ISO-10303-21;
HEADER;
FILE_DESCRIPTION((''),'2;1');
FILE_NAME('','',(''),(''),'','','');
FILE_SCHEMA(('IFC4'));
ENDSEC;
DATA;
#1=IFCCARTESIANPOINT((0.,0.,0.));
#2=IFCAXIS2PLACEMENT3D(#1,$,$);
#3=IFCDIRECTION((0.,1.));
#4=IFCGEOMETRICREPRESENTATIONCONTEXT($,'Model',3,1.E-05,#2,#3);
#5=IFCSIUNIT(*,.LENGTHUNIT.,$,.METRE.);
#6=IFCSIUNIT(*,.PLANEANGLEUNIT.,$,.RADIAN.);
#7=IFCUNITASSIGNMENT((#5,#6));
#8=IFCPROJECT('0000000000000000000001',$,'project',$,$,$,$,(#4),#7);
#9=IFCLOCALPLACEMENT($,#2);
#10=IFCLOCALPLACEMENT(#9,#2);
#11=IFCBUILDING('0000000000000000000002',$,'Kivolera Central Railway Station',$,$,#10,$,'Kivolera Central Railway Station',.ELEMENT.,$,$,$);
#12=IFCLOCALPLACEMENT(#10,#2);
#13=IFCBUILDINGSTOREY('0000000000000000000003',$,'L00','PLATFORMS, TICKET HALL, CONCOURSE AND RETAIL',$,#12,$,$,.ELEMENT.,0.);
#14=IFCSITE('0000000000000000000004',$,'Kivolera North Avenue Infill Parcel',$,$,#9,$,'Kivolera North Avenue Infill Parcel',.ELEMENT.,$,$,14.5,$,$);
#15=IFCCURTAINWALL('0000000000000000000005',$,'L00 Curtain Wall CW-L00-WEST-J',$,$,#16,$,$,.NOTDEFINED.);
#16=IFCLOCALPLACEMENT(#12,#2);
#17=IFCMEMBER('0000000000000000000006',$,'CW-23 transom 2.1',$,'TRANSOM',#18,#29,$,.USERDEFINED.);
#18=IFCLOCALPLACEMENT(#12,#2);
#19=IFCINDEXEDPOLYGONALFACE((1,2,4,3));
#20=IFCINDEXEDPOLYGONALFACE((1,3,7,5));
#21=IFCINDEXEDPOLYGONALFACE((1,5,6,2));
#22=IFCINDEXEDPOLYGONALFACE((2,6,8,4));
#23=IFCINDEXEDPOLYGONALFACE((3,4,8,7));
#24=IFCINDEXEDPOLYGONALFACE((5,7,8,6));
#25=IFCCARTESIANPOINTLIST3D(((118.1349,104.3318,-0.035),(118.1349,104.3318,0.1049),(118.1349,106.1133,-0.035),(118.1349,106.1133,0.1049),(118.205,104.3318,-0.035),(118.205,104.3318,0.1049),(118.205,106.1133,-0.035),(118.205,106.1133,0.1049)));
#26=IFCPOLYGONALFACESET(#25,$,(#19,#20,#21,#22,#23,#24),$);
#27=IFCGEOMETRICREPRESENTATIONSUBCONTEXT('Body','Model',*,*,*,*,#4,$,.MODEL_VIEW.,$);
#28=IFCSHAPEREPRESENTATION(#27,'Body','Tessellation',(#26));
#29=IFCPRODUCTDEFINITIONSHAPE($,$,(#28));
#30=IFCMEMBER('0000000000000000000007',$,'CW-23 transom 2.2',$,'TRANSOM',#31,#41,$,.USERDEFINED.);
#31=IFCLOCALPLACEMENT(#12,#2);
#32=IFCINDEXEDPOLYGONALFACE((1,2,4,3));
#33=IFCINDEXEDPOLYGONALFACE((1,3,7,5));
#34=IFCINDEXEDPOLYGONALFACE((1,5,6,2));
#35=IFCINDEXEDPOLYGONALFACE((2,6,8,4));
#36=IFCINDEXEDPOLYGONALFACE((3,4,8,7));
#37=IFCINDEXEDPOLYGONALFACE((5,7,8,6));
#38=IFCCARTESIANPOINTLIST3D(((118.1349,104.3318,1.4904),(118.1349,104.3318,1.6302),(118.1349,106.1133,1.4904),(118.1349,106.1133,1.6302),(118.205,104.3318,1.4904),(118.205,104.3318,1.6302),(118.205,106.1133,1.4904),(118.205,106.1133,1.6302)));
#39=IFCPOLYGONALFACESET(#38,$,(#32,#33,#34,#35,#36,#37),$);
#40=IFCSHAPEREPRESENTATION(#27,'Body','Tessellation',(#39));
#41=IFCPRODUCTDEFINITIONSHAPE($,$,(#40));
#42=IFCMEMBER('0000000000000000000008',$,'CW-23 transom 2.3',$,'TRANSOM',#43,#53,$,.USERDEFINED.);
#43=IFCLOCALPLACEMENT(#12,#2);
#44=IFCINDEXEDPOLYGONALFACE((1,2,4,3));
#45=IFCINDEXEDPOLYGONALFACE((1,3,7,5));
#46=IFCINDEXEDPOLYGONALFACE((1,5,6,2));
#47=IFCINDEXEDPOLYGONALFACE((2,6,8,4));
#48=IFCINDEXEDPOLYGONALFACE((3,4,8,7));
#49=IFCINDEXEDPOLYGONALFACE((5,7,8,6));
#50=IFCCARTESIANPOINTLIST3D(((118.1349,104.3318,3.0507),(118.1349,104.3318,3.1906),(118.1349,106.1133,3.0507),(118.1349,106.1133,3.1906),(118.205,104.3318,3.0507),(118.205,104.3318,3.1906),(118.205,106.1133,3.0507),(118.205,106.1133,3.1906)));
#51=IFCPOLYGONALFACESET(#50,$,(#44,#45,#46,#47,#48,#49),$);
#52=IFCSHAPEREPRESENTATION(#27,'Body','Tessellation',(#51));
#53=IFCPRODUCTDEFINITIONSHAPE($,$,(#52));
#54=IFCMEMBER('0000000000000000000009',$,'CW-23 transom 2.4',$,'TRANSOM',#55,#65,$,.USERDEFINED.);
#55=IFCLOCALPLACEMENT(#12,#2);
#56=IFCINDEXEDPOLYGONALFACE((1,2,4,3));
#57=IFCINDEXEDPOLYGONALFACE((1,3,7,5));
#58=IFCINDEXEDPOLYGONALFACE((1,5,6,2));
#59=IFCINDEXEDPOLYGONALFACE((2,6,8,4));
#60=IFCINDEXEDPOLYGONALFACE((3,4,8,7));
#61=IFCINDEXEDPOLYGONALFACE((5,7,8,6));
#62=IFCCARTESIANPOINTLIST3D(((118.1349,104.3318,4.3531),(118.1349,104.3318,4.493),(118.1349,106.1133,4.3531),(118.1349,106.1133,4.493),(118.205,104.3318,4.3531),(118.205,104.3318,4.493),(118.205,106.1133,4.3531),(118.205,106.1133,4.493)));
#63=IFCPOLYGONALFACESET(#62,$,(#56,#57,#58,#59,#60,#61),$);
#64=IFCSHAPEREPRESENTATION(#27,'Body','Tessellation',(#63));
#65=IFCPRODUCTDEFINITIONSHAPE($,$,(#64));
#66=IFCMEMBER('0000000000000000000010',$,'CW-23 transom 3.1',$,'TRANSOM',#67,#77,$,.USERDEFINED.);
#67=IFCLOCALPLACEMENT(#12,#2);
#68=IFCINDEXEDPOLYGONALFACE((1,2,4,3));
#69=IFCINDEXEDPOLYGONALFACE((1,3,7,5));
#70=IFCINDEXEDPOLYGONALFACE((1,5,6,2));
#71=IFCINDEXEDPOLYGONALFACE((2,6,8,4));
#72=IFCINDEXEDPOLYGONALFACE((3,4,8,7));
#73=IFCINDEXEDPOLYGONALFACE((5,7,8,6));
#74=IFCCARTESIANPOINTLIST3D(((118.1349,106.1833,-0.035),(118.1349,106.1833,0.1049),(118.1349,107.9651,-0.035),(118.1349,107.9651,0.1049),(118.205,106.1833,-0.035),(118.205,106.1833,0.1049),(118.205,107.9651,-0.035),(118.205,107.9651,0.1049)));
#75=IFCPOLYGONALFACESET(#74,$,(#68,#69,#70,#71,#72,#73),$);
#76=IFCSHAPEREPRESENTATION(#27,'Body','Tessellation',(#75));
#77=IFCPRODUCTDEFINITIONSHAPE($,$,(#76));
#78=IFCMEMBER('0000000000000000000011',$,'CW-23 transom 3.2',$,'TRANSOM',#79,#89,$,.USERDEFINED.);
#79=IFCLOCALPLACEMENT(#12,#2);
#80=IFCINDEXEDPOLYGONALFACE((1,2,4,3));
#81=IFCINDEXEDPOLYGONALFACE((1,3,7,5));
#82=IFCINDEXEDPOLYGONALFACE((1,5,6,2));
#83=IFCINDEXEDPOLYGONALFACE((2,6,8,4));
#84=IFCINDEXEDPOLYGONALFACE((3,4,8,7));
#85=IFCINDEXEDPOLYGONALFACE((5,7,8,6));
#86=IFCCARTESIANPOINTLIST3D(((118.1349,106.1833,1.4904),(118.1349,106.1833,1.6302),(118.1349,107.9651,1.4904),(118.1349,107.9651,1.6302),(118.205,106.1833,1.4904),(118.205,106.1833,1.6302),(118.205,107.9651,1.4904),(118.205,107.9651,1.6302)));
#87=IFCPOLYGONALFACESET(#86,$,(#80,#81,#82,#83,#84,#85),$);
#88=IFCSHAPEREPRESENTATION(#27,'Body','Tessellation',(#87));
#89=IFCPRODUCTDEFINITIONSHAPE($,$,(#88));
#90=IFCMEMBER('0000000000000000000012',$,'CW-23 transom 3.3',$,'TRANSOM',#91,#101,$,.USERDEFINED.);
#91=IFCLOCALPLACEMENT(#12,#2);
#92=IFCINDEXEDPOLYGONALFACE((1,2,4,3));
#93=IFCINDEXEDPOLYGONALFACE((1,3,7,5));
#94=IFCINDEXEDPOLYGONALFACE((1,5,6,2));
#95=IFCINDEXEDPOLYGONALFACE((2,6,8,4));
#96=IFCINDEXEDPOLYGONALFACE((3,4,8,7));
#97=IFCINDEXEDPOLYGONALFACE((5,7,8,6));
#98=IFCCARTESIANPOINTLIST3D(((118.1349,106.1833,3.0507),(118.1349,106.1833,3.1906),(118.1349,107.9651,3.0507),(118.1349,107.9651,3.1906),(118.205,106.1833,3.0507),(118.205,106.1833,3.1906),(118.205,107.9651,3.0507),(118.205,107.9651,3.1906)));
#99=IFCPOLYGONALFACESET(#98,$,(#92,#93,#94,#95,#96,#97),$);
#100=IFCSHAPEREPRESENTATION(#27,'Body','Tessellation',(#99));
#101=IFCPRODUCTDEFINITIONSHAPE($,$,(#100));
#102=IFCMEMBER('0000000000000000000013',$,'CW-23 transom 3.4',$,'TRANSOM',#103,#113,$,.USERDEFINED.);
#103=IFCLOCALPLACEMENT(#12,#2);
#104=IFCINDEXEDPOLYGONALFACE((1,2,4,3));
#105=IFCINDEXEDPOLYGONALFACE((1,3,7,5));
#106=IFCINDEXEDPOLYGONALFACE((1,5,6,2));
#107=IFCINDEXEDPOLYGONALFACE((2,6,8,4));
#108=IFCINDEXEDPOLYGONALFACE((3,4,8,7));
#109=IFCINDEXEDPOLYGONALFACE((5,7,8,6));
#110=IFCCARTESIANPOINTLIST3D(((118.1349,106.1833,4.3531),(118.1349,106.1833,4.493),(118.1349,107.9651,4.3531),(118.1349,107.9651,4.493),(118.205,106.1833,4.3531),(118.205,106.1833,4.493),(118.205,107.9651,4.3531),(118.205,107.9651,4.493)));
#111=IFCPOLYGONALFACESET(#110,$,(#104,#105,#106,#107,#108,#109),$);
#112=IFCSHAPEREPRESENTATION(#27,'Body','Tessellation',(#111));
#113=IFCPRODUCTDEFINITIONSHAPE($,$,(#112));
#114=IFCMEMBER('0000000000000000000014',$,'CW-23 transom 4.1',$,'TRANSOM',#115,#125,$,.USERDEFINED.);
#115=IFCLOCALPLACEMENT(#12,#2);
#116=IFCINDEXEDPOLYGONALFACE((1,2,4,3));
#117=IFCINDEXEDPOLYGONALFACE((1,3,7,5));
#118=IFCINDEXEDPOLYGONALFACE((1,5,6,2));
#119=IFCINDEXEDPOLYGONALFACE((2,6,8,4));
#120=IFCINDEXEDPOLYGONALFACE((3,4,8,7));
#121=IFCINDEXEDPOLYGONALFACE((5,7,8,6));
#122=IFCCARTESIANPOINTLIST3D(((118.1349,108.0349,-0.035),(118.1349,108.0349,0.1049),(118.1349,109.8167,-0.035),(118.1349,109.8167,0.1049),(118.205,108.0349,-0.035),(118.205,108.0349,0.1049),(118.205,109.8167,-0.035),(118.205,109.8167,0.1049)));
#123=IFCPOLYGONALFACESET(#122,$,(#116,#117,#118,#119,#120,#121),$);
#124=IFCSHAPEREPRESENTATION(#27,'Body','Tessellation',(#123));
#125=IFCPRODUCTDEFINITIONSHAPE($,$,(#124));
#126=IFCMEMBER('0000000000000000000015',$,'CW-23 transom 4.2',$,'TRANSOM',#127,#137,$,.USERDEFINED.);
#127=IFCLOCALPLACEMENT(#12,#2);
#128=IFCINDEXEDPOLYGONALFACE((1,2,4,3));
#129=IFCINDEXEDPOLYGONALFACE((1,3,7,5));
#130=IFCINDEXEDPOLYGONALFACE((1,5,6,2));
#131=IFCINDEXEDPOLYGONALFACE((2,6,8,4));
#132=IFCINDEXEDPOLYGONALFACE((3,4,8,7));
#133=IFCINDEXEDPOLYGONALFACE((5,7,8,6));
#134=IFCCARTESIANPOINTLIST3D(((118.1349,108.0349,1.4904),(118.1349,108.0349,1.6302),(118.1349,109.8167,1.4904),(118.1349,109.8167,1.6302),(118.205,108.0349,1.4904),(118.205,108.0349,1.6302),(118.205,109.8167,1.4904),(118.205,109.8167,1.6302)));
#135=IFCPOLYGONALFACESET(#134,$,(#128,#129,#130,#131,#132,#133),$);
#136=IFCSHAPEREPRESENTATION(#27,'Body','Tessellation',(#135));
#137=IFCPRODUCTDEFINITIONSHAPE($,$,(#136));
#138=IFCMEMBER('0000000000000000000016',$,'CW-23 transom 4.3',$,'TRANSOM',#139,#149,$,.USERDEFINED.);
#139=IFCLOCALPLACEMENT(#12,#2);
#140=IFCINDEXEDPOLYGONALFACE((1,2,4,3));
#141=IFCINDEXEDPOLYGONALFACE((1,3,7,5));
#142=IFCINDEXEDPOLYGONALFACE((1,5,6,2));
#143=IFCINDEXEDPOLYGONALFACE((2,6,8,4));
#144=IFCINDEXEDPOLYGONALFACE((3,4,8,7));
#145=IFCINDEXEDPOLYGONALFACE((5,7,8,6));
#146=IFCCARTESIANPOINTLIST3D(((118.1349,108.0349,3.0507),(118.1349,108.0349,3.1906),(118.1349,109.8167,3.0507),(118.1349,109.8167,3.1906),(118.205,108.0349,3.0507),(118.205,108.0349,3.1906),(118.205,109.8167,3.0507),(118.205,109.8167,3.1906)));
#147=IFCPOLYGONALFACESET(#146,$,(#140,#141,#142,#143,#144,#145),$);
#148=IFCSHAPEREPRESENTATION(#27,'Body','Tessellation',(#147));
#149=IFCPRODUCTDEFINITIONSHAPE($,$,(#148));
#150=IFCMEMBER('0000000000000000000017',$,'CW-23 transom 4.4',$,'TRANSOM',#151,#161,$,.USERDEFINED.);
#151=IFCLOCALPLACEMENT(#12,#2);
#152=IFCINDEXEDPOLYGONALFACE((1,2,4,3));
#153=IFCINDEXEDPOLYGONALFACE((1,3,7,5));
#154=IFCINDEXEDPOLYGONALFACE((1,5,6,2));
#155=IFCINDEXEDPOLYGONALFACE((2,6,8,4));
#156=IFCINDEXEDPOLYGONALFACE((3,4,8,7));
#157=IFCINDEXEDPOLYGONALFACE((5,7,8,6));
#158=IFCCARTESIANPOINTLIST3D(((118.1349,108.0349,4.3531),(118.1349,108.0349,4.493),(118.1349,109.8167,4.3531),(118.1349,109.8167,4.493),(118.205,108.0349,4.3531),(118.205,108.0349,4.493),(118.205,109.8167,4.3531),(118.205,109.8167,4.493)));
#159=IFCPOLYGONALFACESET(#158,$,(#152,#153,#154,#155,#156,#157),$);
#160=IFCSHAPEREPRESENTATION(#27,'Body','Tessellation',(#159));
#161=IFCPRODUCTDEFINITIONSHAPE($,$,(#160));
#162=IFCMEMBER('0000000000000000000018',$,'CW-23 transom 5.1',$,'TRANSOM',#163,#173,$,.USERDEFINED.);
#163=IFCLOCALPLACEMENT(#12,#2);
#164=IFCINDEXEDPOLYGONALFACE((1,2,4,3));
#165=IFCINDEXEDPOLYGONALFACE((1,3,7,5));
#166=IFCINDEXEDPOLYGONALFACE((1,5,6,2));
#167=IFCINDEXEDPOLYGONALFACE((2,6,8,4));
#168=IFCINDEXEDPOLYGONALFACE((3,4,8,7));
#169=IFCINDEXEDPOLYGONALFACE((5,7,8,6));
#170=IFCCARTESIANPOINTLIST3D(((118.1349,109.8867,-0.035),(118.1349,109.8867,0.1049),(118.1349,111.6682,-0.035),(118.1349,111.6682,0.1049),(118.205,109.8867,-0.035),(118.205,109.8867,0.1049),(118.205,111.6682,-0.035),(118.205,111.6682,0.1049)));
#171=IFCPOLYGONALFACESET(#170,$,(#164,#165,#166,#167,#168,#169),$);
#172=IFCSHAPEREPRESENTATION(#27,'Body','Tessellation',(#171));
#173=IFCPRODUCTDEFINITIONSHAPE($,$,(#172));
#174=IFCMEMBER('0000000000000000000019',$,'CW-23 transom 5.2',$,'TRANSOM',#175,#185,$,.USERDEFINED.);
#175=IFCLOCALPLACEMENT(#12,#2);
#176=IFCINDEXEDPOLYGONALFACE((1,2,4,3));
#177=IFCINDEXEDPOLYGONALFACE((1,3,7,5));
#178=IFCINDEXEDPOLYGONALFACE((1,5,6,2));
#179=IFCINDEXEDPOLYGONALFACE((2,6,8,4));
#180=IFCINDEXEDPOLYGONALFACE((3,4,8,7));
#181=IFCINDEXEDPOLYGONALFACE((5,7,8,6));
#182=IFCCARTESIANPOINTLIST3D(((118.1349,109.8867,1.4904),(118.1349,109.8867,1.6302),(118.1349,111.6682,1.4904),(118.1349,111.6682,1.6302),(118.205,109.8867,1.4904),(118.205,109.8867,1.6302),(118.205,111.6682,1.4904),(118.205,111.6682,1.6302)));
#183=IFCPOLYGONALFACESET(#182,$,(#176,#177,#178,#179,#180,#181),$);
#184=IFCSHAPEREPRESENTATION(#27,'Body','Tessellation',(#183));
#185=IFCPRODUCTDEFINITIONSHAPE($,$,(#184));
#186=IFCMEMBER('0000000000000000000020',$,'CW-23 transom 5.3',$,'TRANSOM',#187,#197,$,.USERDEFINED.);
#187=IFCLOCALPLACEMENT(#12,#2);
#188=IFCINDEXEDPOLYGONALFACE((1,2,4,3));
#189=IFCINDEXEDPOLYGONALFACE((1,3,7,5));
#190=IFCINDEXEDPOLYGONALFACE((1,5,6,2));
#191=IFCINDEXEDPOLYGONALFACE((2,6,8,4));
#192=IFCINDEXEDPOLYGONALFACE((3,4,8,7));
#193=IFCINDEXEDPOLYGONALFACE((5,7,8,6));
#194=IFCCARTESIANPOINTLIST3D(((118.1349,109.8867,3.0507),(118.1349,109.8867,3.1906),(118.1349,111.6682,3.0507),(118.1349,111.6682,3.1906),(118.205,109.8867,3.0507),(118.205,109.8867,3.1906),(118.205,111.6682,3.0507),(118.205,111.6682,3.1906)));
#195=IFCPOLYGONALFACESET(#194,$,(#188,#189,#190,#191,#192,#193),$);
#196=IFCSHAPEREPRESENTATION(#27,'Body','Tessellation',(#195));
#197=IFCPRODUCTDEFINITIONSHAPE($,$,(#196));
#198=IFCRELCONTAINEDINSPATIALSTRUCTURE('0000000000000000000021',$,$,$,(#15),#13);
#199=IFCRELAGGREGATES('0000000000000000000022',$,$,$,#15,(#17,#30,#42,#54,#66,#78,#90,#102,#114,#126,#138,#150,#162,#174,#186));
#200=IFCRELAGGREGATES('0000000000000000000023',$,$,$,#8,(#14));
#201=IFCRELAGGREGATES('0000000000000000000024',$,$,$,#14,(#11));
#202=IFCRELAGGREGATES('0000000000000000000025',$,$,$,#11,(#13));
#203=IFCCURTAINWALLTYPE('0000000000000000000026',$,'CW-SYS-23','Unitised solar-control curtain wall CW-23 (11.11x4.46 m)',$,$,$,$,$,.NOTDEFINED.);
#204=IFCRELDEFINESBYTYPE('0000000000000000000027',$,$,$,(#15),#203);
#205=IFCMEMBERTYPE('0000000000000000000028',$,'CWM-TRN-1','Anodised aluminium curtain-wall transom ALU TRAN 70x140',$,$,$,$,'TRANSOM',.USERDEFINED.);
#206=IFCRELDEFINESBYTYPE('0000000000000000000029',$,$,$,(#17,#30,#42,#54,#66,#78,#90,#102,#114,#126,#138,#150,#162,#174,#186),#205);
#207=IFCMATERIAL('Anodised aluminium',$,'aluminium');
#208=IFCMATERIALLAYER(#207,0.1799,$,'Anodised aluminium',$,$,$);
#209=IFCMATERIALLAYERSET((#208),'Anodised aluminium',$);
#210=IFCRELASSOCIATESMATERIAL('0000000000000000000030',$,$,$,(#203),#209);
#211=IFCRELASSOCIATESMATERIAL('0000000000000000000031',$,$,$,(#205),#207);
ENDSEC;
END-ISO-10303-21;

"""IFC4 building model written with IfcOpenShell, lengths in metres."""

from ifc_helpers import new_model, si_unit, direction, frame, origin, origin_2d, place, context, subcontext, project, spatial, rectangle, extrude, material, layer, layer_set, material_profile, profile_set, type_object, element, aggregate, save


model = new_model("IFC4")

# Units and contexts
model_context = context("Model", 3, precision=1e-05, world=origin(), true_north=direction((0.0, 1.0)))
body_context = subcontext(model_context, "Body", "Model", "MODEL_VIEW")
ifc_project = project(units=[si_unit("LENGTHUNIT", "METRE"), si_unit("PLANEANGLEUNIT", "RADIAN")], contexts=[model_context])

# Site, building, storey
site_placement = place(None, origin())
site = spatial("IfcSite", under=ifc_project, at=site_placement, Name="Kivolera North Avenue Infill Parcel", LongName="Kivolera North Avenue Infill Parcel", CompositionType="ELEMENT", RefElevation=14.5)
building_placement = place(site_placement, origin())
building = spatial("IfcBuilding", under=site, at=building_placement, Name="Kivolera Central Railway Station", LongName="Kivolera Central Railway Station", CompositionType="ELEMENT")
storey_placement = place(building_placement, origin())
storey = spatial("IfcBuildingStorey", under=building, at=storey_placement, Name="L00", Description="PLATFORMS, TICKET HALL, CONCOURSE AND RETAIL", CompositionType="ELEMENT", Elevation=0.0)

# Curtain wall, members
ifc_material_1 = material(Name="Anodised aluminium", Category="aluminium")
ifc_layer_1 = layer(ifc_material_1, 0.1799, Name="Anodised aluminium")
ifc_layer_set_1 = layer_set([ifc_layer_1], Name="Anodised aluminium")
curtain_wall_type = type_object("IfcCurtainWallType", Name="CW-SYS-23", Description="Unitised solar-control curtain wall CW-23 (11.11x4.46 m)", PredefinedType="NOTDEFINED", material=ifc_layer_set_1)
curtain_wall_placement = place(storey_placement, origin())
curtain_wall = element("IfcCurtainWall", 1, at=curtain_wall_placement, inside=storey, type_object=curtain_wall_type, Name="L00 Curtain Wall CW-L00-WEST-J", PredefinedType="NOTDEFINED")
ifc_material_profile = material_profile(ifc_material_1, rectangle(XDim=0.0701, YDim=0.1399, at=origin_2d()), Name="ALU TRAN 70x140")
ifc_profile_set = profile_set([ifc_material_profile], Name="Anodised aluminium")
member_type = type_object("IfcMemberType", Name="CWM-TRN-1", Description="Anodised aluminium curtain-wall transom ALU TRAN 70x140", ElementType="TRANSOM", PredefinedType="USERDEFINED", material=ifc_profile_set)
member_1_placement = place(storey_placement, frame((118.1699, 104.3318, 0.0349), z_axis=(0.0, 1.0, 0.0), x_axis=(-1.0, 0.0, 0.0)))
member_1 = element("IfcMember", 2, at=member_1_placement, type_object=member_type, Name="CW-23 transom 2.1", ObjectType="TRANSOM", PredefinedType="USERDEFINED", context=body_context, shape_type="SweptSolid", body=[
    extrude(rectangle(XDim=0.0701, YDim=0.1399, at=origin_2d()), origin(), (0.0, 0.0, 1.0), 1.7815),
])
member_2_placement = place(storey_placement, frame((118.1699, 104.3318, 1.5603), z_axis=(0.0, 1.0, 0.0), x_axis=(-1.0, 0.0, 0.0)))
member_2 = element("IfcMember", 3, at=member_2_placement, type_object=member_type, Name="CW-23 transom 2.2", ObjectType="TRANSOM", PredefinedType="USERDEFINED", context=body_context, shape_type="SweptSolid", body=[
    extrude(rectangle(XDim=0.0701, YDim=0.1399, at=origin_2d()), origin(), (0.0, 0.0, 1.0), 1.7815),
])
member_3_placement = place(storey_placement, frame((118.1699, 104.3318, 3.1206), z_axis=(0.0, 1.0, 0.0), x_axis=(-1.0, 0.0, 0.0)))
member_3 = element("IfcMember", 4, at=member_3_placement, type_object=member_type, Name="CW-23 transom 2.3", ObjectType="TRANSOM", PredefinedType="USERDEFINED", context=body_context, shape_type="SweptSolid", body=[
    extrude(rectangle(XDim=0.0701, YDim=0.1399, at=origin_2d()), origin(), (0.0, 0.0, 1.0), 1.7815),
])
member_4_placement = place(storey_placement, frame((118.1699, 104.3318, 4.4231), z_axis=(0.0, 1.0, 0.0), x_axis=(-1.0, 0.0, 0.0)))
member_4 = element("IfcMember", 5, at=member_4_placement, type_object=member_type, Name="CW-23 transom 2.4", ObjectType="TRANSOM", PredefinedType="USERDEFINED", context=body_context, shape_type="SweptSolid", body=[
    extrude(rectangle(XDim=0.0701, YDim=0.1399, at=origin_2d()), origin(), (0.0, 0.0, 1.0), 1.7815),
])
member_5_placement = place(storey_placement, frame((118.1699, 106.1833, 0.0349), z_axis=(0.0, 1.0, 0.0), x_axis=(-1.0, 0.0, 0.0)))
member_5 = element("IfcMember", 6, at=member_5_placement, type_object=member_type, Name="CW-23 transom 3.1", ObjectType="TRANSOM", PredefinedType="USERDEFINED", context=body_context, shape_type="SweptSolid", body=[
    extrude(rectangle(XDim=0.0701, YDim=0.1399, at=origin_2d()), origin(), (0.0, 0.0, 1.0), 1.7817),
])
member_6_placement = place(storey_placement, frame((118.1699, 106.1833, 1.5603), z_axis=(0.0, 1.0, 0.0), x_axis=(-1.0, 0.0, 0.0)))
member_6 = element("IfcMember", 7, at=member_6_placement, type_object=member_type, Name="CW-23 transom 3.2", ObjectType="TRANSOM", PredefinedType="USERDEFINED", context=body_context, shape_type="SweptSolid", body=[
    extrude(rectangle(XDim=0.0701, YDim=0.1399, at=origin_2d()), origin(), (0.0, 0.0, 1.0), 1.7817),
])
member_7_placement = place(storey_placement, frame((118.1699, 106.1833, 3.1206), z_axis=(0.0, 1.0, 0.0), x_axis=(-1.0, 0.0, 0.0)))
member_7 = element("IfcMember", 8, at=member_7_placement, type_object=member_type, Name="CW-23 transom 3.3", ObjectType="TRANSOM", PredefinedType="USERDEFINED", context=body_context, shape_type="SweptSolid", body=[
    extrude(rectangle(XDim=0.0701, YDim=0.1399, at=origin_2d()), origin(), (0.0, 0.0, 1.0), 1.7817),
])
member_8_placement = place(storey_placement, frame((118.1699, 106.1833, 4.4231), z_axis=(0.0, 1.0, 0.0), x_axis=(-1.0, 0.0, 0.0)))
member_8 = element("IfcMember", 9, at=member_8_placement, type_object=member_type, Name="CW-23 transom 3.4", ObjectType="TRANSOM", PredefinedType="USERDEFINED", context=body_context, shape_type="SweptSolid", body=[
    extrude(rectangle(XDim=0.0701, YDim=0.1399, at=origin_2d()), origin(), (0.0, 0.0, 1.0), 1.7817),
])
member_9_placement = place(storey_placement, frame((118.1699, 108.0349, 0.0349), z_axis=(0.0, 1.0, 0.0), x_axis=(-1.0, 0.0, 0.0)))
member_9 = element("IfcMember", 10, at=member_9_placement, type_object=member_type, Name="CW-23 transom 4.1", ObjectType="TRANSOM", PredefinedType="USERDEFINED", context=body_context, shape_type="SweptSolid", body=[
    extrude(rectangle(XDim=0.0701, YDim=0.1399, at=origin_2d()), origin(), (0.0, 0.0, 1.0), 1.7817),
])
member_10_placement = place(storey_placement, frame((118.1699, 108.0349, 1.5603), z_axis=(0.0, 1.0, 0.0), x_axis=(-1.0, 0.0, 0.0)))
member_10 = element("IfcMember", 11, at=member_10_placement, type_object=member_type, Name="CW-23 transom 4.2", ObjectType="TRANSOM", PredefinedType="USERDEFINED", context=body_context, shape_type="SweptSolid", body=[
    extrude(rectangle(XDim=0.0701, YDim=0.1399, at=origin_2d()), origin(), (0.0, 0.0, 1.0), 1.7817),
])
member_11_placement = place(storey_placement, frame((118.1699, 108.0349, 3.1206), z_axis=(0.0, 1.0, 0.0), x_axis=(-1.0, 0.0, 0.0)))
member_11 = element("IfcMember", 12, at=member_11_placement, type_object=member_type, Name="CW-23 transom 4.3", ObjectType="TRANSOM", PredefinedType="USERDEFINED", context=body_context, shape_type="SweptSolid", body=[
    extrude(rectangle(XDim=0.0701, YDim=0.1399, at=origin_2d()), origin(), (0.0, 0.0, 1.0), 1.7817),
])
member_12_placement = place(storey_placement, frame((118.1699, 108.0349, 4.4231), z_axis=(0.0, 1.0, 0.0), x_axis=(-1.0, 0.0, 0.0)))
member_12 = element("IfcMember", 13, at=member_12_placement, type_object=member_type, Name="CW-23 transom 4.4", ObjectType="TRANSOM", PredefinedType="USERDEFINED", context=body_context, shape_type="SweptSolid", body=[
    extrude(rectangle(XDim=0.0701, YDim=0.1399, at=origin_2d()), origin(), (0.0, 0.0, 1.0), 1.7817),
])
member_13_placement = place(storey_placement, frame((118.1699, 109.8867, 0.0349), z_axis=(0.0, 1.0, 0.0), x_axis=(-1.0, 0.0, 0.0)))
member_13 = element("IfcMember", 14, at=member_13_placement, type_object=member_type, Name="CW-23 transom 5.1", ObjectType="TRANSOM", PredefinedType="USERDEFINED", context=body_context, shape_type="SweptSolid", body=[
    extrude(rectangle(XDim=0.0701, YDim=0.1399, at=origin_2d()), origin(), (0.0, 0.0, 1.0), 1.7815),
])
member_14_placement = place(storey_placement, frame((118.1699, 109.8867, 1.5603), z_axis=(0.0, 1.0, 0.0), x_axis=(-1.0, 0.0, 0.0)))
member_14 = element("IfcMember", 15, at=member_14_placement, type_object=member_type, Name="CW-23 transom 5.2", ObjectType="TRANSOM", PredefinedType="USERDEFINED", context=body_context, shape_type="SweptSolid", body=[
    extrude(rectangle(XDim=0.0701, YDim=0.1399, at=origin_2d()), origin(), (0.0, 0.0, 1.0), 1.7815),
])
member_15_placement = place(storey_placement, frame((118.1699, 109.8867, 3.1206), z_axis=(0.0, 1.0, 0.0), x_axis=(-1.0, 0.0, 0.0)))
member_15 = element("IfcMember", 16, at=member_15_placement, type_object=member_type, Name="CW-23 transom 5.3", ObjectType="TRANSOM", PredefinedType="USERDEFINED", context=body_context, shape_type="SweptSolid", body=[
    extrude(rectangle(XDim=0.0701, YDim=0.1399, at=origin_2d()), origin(), (0.0, 0.0, 1.0), 1.7815),
])
aggregate(curtain_wall, [member_1, member_2, member_3, member_4, member_5, member_6, member_7, member_8, member_9, member_10, member_11, member_12, member_13, member_14, member_15])

save(model, "model.ifc")
